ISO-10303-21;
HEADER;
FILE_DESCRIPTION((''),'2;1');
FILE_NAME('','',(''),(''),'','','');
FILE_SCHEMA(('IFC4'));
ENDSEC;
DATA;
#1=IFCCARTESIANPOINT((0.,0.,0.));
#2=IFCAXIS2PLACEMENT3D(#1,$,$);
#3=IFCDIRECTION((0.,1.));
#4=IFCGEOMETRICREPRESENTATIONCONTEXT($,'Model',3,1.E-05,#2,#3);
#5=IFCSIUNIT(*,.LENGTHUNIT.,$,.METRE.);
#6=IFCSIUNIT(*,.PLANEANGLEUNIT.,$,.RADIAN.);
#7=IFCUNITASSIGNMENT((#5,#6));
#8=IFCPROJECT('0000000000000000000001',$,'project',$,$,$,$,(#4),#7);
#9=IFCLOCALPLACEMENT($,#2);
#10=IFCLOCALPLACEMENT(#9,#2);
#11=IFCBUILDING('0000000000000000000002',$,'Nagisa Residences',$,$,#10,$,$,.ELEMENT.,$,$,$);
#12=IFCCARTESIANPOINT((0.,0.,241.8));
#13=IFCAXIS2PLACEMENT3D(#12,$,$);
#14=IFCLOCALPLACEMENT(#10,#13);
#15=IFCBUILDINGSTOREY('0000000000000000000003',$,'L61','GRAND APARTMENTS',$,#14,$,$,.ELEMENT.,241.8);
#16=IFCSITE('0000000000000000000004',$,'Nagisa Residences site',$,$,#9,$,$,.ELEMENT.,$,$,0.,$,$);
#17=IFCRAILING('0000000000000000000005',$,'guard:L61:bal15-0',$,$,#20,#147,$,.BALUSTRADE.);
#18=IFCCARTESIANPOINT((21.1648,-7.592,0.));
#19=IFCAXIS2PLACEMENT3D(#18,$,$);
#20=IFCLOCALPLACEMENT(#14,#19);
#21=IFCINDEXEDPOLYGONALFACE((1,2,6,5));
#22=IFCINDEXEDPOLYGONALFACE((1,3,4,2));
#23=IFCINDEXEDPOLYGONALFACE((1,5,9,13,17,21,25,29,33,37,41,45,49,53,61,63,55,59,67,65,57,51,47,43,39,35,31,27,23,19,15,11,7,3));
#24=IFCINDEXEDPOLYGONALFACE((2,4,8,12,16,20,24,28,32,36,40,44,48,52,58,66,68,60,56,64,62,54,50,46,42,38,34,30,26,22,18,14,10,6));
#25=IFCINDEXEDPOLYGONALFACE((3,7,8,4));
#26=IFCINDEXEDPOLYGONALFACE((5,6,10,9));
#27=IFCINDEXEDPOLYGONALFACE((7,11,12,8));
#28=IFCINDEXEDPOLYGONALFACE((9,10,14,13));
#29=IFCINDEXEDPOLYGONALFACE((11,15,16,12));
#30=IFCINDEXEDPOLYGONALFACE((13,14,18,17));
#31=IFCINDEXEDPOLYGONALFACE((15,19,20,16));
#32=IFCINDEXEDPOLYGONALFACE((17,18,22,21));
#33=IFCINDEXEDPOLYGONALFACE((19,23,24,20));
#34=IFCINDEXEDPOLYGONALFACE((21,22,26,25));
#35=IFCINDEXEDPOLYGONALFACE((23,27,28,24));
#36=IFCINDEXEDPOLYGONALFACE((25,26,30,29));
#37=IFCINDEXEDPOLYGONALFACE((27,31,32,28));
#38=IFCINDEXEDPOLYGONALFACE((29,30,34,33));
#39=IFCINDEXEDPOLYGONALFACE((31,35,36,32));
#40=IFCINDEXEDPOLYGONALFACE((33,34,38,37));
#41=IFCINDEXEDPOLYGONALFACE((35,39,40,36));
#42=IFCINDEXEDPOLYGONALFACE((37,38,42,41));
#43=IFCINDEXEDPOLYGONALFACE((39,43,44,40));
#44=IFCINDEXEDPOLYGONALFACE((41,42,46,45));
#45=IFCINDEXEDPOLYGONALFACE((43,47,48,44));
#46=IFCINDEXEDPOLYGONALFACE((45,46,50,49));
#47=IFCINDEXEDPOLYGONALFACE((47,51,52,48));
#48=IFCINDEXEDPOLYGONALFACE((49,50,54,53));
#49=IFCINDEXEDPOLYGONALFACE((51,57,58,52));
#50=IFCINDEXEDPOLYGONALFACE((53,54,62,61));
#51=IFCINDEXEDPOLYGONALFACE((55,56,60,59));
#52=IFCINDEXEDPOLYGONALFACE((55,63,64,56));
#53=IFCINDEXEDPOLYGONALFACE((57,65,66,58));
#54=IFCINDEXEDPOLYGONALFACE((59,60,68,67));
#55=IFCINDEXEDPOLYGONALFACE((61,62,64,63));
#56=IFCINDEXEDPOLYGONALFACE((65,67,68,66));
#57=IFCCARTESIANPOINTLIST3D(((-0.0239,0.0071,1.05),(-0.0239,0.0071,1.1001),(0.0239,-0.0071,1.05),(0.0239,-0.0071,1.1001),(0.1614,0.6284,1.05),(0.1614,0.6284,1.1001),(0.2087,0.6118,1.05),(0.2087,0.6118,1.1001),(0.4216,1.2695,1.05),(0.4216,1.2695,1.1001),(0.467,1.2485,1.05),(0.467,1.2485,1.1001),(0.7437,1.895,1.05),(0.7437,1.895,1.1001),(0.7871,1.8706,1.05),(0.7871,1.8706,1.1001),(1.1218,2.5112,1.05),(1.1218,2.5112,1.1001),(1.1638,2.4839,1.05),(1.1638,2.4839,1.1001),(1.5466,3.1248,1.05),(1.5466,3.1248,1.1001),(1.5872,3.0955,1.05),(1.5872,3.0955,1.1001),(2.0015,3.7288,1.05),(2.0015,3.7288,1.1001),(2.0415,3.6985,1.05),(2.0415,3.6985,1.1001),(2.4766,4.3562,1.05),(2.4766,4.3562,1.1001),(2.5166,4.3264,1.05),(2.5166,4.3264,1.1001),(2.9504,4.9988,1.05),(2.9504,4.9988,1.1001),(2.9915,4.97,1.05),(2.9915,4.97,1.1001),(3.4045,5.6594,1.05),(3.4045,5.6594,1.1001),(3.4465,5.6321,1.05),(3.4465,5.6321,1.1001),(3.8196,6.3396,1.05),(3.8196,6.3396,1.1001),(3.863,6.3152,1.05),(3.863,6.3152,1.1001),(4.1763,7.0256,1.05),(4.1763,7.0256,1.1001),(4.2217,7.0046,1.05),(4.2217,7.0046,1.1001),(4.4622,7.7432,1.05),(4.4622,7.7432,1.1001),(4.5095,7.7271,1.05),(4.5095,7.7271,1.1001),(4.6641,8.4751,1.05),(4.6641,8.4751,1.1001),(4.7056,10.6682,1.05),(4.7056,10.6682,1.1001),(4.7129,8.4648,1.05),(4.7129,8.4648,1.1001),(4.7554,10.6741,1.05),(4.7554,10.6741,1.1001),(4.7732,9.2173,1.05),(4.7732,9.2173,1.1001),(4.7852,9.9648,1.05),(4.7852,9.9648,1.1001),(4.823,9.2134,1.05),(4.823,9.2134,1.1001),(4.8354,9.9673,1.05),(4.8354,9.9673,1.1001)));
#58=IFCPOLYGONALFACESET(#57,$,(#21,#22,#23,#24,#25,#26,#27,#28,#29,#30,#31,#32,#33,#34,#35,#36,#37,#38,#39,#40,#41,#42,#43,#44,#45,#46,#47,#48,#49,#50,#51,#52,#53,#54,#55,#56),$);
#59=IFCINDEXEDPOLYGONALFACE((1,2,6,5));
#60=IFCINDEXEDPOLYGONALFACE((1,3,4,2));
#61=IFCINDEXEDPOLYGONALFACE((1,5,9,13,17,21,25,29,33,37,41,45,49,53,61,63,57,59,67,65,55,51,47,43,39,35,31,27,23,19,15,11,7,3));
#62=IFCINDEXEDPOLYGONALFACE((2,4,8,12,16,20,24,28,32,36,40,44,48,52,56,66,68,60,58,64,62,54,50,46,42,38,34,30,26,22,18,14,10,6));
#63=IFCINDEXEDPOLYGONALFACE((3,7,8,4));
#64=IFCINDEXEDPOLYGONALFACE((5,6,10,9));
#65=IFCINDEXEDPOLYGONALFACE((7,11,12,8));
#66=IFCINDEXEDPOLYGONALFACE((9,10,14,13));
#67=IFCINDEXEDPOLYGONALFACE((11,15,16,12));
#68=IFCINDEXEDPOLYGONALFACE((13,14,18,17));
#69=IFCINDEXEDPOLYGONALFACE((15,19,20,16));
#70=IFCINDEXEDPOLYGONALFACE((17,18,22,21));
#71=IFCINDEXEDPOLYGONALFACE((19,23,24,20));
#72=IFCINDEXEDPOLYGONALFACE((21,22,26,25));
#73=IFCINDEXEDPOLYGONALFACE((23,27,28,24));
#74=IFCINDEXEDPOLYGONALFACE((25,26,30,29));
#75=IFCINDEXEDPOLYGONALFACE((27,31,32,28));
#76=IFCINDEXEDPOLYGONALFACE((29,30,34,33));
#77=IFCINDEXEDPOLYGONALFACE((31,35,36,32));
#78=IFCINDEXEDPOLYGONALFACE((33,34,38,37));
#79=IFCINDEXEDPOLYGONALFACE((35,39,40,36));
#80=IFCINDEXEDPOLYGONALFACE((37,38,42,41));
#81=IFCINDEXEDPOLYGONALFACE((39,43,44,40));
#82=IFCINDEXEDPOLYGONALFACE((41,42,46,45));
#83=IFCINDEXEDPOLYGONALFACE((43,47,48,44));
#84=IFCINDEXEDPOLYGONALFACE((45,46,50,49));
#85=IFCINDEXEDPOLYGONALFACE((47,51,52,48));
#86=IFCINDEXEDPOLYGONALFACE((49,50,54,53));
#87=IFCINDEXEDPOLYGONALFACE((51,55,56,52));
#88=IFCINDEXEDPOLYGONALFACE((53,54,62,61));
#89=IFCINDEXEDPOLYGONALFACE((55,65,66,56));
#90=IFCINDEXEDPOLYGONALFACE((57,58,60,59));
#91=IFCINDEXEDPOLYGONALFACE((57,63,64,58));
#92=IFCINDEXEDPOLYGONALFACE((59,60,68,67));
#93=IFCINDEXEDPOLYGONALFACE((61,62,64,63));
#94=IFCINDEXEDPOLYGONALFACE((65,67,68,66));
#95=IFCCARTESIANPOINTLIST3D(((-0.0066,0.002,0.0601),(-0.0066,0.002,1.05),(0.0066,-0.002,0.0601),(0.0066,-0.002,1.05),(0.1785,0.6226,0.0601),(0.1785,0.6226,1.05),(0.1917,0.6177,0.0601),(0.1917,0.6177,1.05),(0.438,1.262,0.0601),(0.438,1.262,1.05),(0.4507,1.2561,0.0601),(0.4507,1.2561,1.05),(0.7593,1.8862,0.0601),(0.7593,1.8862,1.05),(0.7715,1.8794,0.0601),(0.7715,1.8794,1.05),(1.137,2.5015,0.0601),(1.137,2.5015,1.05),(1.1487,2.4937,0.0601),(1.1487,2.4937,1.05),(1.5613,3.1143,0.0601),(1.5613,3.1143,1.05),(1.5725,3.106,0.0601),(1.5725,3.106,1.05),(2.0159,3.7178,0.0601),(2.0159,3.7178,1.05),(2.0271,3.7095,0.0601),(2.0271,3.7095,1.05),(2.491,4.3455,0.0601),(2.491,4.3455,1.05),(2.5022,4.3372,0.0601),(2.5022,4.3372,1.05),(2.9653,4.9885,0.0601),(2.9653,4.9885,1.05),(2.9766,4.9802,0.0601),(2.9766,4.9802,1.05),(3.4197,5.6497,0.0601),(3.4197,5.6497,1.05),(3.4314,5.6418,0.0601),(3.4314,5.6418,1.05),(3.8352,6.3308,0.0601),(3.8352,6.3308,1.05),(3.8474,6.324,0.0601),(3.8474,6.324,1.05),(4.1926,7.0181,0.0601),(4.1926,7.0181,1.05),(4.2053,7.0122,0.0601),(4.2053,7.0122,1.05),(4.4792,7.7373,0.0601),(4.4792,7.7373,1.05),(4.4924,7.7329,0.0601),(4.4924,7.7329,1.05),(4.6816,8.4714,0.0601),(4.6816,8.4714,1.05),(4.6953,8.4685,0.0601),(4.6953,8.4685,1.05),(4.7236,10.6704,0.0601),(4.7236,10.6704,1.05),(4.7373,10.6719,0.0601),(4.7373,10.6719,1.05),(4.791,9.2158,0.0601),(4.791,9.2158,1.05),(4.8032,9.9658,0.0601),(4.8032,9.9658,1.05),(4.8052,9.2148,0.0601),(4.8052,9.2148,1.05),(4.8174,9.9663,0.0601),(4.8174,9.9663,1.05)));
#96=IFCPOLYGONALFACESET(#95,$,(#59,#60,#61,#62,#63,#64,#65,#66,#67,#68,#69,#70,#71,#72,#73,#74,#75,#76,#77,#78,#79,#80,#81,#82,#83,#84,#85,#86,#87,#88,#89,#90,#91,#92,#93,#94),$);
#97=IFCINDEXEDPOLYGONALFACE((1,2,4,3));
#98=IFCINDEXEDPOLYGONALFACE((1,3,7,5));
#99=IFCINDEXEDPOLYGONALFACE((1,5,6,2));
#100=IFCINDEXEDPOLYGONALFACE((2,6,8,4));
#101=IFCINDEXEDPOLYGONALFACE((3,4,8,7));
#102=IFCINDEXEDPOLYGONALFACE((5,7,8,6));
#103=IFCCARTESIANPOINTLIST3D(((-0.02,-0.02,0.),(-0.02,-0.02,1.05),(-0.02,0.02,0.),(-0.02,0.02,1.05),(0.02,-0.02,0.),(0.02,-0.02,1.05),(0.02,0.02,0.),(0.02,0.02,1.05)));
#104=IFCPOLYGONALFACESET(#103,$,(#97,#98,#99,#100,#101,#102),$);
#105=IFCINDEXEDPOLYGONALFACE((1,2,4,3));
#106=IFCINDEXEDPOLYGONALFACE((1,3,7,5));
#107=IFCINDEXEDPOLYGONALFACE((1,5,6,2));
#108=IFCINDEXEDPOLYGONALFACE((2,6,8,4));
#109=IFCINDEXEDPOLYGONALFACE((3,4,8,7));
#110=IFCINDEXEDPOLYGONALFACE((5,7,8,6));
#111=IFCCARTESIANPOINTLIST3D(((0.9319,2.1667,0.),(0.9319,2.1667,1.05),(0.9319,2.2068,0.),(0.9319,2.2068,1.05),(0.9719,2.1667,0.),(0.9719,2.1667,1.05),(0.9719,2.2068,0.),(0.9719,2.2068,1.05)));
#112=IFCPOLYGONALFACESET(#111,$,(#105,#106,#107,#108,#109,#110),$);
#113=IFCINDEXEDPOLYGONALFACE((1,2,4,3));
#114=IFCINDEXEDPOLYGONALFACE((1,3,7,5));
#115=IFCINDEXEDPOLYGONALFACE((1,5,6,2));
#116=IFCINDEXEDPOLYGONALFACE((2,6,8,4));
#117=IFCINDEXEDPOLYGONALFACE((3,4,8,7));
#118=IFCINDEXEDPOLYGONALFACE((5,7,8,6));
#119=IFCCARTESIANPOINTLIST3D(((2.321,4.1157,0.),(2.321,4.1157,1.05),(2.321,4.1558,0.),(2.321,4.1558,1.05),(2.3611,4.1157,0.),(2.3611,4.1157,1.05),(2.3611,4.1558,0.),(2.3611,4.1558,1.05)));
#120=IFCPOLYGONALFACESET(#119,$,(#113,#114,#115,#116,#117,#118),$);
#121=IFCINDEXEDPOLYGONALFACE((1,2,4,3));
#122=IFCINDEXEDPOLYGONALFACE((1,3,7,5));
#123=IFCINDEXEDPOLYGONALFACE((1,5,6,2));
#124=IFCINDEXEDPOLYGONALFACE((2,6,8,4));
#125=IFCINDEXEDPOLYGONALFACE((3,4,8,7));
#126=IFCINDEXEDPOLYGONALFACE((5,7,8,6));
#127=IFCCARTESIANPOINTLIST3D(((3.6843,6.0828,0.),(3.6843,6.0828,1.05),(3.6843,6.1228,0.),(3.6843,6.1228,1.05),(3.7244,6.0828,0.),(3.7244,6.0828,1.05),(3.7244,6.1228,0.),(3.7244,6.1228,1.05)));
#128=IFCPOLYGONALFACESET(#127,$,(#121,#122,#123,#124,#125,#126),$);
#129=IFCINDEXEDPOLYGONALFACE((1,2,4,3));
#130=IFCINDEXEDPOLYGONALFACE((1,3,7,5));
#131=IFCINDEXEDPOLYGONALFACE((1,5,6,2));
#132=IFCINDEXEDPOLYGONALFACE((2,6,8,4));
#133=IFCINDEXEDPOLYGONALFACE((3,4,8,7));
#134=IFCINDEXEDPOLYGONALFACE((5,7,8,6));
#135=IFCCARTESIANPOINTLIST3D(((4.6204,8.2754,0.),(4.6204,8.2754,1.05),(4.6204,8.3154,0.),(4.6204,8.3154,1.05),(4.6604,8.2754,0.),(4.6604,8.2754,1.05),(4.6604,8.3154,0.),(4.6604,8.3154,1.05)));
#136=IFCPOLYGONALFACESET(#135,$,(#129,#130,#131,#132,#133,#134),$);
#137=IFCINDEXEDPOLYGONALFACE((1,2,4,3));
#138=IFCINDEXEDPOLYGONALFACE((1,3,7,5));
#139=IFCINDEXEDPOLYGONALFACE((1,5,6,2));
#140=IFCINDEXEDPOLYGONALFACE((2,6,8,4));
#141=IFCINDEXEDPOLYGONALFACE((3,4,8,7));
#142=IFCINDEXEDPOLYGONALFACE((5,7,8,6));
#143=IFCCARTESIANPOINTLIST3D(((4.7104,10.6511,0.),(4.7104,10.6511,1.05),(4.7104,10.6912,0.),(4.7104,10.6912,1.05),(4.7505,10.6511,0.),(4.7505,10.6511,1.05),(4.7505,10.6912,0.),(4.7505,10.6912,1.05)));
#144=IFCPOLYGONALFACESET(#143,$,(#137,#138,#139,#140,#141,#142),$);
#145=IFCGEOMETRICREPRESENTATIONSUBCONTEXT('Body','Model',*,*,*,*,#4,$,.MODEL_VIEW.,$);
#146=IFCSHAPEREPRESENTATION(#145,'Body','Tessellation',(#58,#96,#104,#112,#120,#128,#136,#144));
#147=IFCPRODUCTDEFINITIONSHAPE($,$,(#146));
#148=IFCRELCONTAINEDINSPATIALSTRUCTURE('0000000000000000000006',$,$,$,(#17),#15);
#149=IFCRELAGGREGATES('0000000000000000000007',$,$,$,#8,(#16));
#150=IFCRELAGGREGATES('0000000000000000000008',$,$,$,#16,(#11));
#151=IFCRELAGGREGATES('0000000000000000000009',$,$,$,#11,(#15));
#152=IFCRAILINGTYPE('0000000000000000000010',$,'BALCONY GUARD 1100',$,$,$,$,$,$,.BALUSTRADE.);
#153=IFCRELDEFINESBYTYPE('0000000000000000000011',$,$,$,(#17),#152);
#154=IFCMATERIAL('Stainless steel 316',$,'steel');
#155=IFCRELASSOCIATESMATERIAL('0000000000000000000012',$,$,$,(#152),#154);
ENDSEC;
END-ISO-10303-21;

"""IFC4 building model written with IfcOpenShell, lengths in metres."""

from ifc_helpers import new_model, si_unit, direction, frame, origin, origin_2d, place, context, subcontext, project, spatial, polyline, rectangle, outline, extrude, material, type_object, element, save


model = new_model("IFC4")

# Units and contexts
model_context = context("Model", 3, precision=1e-05, world=origin(), true_north=direction((0.0, 1.0)))
body_context = subcontext(model_context, "Body", "Model", "MODEL_VIEW")
ifc_project = project(units=[si_unit("LENGTHUNIT", "METRE"), si_unit("PLANEANGLEUNIT", "RADIAN")], contexts=[model_context])

# Site, building, storey
site_placement = place(None, origin())
site = spatial("IfcSite", under=ifc_project, at=site_placement, Name="Nagisa Residences site", CompositionType="ELEMENT", RefElevation=0.0)
building_placement = place(site_placement, origin())
building = spatial("IfcBuilding", under=site, at=building_placement, Name="Nagisa Residences", CompositionType="ELEMENT")
storey_placement = place(building_placement, frame((0.0, 0.0, 241.8)))
storey = spatial("IfcBuildingStorey", under=building, at=storey_placement, Name="L61", Description="GRAND APARTMENTS", CompositionType="ELEMENT", Elevation=241.8)

# Railing
ifc_material_1 = material(Name="Stainless steel 316", Category="steel")
railing_type_1 = type_object("IfcRailingType", Name="BALCONY GUARD 1100", PredefinedType="BALUSTRADE", material=ifc_material_1)
railing_1_placement = place(storey_placement, frame((21.1648, -7.592, 0.0)))
element("IfcRailing", 1, at=railing_1_placement, inside=storey, type_object=railing_type_1, Name="guard:L61:bal15-0", PredefinedType="BALUSTRADE", context=body_context, shape_type="SweptSolid", body=[
    extrude(outline(polyline([(0.1614, 0.6284), (-0.0239, 0.0071), (0.0239, -0.0071), (0.2087, 0.6118), (0.467, 1.2485), (0.7871, 1.8706), (1.1638, 2.4839), (1.5872, 3.0955), (2.0415, 3.6985), (2.5166, 4.3264), (2.9915, 4.97), (3.4465, 5.6321), (3.863, 6.3152), (4.2217, 7.0046), (4.5095, 7.7271), (4.7129, 8.4648), (4.823, 9.2134), (4.8354, 9.9673), (4.7554, 10.6741), (4.7056, 10.6682), (4.7852, 9.9648), (4.7732, 9.2173), (4.6641, 8.4751), (4.4622, 7.7432), (4.1763, 7.0256), (3.8196, 6.3396), (3.4045, 5.6594), (2.9504, 4.9988), (2.4766, 4.3562), (2.0015, 3.7288), (1.5466, 3.1248), (1.1218, 2.5112), (0.7437, 1.895), (0.4216, 1.2695), (0.1614, 0.6284)])), frame((0.0, 0.0, 1.05)), (0.0, 0.0, 1.0), 0.05),
    extrude(outline(polyline([(0.1785, 0.6226), (-0.0066, 0.002), (0.0066, -0.002), (0.1917, 0.6177), (0.4507, 1.2561), (0.7715, 1.8794), (1.1487, 2.4937), (1.5725, 3.106), (2.0271, 3.7095), (2.5022, 4.3372), (2.9766, 4.9802), (3.4314, 5.6418), (3.8474, 6.324), (4.2053, 7.0122), (4.4924, 7.7329), (4.6953, 8.4685), (4.8052, 9.2148), (4.8174, 9.9663), (4.7373, 10.6719), (4.7236, 10.6704), (4.8032, 9.9658), (4.791, 9.2158), (4.6816, 8.4714), (4.4792, 7.7373), (4.1926, 7.0181), (3.8352, 6.3308), (3.4197, 5.6497), (2.9653, 4.9885), (2.491, 4.3455), (2.0159, 3.7178), (1.5613, 3.1143), (1.137, 2.5015), (0.7593, 1.8862), (0.438, 1.262), (0.1785, 0.6226)])), frame((0.0, 0.0, 0.0601)), (0.0, 0.0, 1.0), 0.99),
    extrude(rectangle(XDim=0.04, YDim=0.04, at=origin_2d()), origin(), (0.0, 0.0, 1.0), 1.05),
    extrude(rectangle(XDim=0.04, YDim=0.04, at=origin_2d()), frame((0.9519, 2.1868, 0.0)), (0.0, 0.0, 1.0), 1.05),
    extrude(rectangle(XDim=0.04, YDim=0.04, at=origin_2d()), frame((2.3411, 4.1357, 0.0)), (0.0, 0.0, 1.0), 1.05),
    extrude(rectangle(XDim=0.04, YDim=0.04, at=origin_2d()), frame((3.7043, 6.1028, 0.0)), (0.0, 0.0, 1.0), 1.05),
    extrude(rectangle(XDim=0.04, YDim=0.04, at=origin_2d()), frame((4.6404, 8.2954, 0.0)), (0.0, 0.0, 1.0), 1.05),
    extrude(rectangle(XDim=0.04, YDim=0.04, at=origin_2d()), frame((4.7305, 10.6711, 0.0)), (0.0, 0.0, 1.0), 1.05),
])

save(model, "model.ifc")
